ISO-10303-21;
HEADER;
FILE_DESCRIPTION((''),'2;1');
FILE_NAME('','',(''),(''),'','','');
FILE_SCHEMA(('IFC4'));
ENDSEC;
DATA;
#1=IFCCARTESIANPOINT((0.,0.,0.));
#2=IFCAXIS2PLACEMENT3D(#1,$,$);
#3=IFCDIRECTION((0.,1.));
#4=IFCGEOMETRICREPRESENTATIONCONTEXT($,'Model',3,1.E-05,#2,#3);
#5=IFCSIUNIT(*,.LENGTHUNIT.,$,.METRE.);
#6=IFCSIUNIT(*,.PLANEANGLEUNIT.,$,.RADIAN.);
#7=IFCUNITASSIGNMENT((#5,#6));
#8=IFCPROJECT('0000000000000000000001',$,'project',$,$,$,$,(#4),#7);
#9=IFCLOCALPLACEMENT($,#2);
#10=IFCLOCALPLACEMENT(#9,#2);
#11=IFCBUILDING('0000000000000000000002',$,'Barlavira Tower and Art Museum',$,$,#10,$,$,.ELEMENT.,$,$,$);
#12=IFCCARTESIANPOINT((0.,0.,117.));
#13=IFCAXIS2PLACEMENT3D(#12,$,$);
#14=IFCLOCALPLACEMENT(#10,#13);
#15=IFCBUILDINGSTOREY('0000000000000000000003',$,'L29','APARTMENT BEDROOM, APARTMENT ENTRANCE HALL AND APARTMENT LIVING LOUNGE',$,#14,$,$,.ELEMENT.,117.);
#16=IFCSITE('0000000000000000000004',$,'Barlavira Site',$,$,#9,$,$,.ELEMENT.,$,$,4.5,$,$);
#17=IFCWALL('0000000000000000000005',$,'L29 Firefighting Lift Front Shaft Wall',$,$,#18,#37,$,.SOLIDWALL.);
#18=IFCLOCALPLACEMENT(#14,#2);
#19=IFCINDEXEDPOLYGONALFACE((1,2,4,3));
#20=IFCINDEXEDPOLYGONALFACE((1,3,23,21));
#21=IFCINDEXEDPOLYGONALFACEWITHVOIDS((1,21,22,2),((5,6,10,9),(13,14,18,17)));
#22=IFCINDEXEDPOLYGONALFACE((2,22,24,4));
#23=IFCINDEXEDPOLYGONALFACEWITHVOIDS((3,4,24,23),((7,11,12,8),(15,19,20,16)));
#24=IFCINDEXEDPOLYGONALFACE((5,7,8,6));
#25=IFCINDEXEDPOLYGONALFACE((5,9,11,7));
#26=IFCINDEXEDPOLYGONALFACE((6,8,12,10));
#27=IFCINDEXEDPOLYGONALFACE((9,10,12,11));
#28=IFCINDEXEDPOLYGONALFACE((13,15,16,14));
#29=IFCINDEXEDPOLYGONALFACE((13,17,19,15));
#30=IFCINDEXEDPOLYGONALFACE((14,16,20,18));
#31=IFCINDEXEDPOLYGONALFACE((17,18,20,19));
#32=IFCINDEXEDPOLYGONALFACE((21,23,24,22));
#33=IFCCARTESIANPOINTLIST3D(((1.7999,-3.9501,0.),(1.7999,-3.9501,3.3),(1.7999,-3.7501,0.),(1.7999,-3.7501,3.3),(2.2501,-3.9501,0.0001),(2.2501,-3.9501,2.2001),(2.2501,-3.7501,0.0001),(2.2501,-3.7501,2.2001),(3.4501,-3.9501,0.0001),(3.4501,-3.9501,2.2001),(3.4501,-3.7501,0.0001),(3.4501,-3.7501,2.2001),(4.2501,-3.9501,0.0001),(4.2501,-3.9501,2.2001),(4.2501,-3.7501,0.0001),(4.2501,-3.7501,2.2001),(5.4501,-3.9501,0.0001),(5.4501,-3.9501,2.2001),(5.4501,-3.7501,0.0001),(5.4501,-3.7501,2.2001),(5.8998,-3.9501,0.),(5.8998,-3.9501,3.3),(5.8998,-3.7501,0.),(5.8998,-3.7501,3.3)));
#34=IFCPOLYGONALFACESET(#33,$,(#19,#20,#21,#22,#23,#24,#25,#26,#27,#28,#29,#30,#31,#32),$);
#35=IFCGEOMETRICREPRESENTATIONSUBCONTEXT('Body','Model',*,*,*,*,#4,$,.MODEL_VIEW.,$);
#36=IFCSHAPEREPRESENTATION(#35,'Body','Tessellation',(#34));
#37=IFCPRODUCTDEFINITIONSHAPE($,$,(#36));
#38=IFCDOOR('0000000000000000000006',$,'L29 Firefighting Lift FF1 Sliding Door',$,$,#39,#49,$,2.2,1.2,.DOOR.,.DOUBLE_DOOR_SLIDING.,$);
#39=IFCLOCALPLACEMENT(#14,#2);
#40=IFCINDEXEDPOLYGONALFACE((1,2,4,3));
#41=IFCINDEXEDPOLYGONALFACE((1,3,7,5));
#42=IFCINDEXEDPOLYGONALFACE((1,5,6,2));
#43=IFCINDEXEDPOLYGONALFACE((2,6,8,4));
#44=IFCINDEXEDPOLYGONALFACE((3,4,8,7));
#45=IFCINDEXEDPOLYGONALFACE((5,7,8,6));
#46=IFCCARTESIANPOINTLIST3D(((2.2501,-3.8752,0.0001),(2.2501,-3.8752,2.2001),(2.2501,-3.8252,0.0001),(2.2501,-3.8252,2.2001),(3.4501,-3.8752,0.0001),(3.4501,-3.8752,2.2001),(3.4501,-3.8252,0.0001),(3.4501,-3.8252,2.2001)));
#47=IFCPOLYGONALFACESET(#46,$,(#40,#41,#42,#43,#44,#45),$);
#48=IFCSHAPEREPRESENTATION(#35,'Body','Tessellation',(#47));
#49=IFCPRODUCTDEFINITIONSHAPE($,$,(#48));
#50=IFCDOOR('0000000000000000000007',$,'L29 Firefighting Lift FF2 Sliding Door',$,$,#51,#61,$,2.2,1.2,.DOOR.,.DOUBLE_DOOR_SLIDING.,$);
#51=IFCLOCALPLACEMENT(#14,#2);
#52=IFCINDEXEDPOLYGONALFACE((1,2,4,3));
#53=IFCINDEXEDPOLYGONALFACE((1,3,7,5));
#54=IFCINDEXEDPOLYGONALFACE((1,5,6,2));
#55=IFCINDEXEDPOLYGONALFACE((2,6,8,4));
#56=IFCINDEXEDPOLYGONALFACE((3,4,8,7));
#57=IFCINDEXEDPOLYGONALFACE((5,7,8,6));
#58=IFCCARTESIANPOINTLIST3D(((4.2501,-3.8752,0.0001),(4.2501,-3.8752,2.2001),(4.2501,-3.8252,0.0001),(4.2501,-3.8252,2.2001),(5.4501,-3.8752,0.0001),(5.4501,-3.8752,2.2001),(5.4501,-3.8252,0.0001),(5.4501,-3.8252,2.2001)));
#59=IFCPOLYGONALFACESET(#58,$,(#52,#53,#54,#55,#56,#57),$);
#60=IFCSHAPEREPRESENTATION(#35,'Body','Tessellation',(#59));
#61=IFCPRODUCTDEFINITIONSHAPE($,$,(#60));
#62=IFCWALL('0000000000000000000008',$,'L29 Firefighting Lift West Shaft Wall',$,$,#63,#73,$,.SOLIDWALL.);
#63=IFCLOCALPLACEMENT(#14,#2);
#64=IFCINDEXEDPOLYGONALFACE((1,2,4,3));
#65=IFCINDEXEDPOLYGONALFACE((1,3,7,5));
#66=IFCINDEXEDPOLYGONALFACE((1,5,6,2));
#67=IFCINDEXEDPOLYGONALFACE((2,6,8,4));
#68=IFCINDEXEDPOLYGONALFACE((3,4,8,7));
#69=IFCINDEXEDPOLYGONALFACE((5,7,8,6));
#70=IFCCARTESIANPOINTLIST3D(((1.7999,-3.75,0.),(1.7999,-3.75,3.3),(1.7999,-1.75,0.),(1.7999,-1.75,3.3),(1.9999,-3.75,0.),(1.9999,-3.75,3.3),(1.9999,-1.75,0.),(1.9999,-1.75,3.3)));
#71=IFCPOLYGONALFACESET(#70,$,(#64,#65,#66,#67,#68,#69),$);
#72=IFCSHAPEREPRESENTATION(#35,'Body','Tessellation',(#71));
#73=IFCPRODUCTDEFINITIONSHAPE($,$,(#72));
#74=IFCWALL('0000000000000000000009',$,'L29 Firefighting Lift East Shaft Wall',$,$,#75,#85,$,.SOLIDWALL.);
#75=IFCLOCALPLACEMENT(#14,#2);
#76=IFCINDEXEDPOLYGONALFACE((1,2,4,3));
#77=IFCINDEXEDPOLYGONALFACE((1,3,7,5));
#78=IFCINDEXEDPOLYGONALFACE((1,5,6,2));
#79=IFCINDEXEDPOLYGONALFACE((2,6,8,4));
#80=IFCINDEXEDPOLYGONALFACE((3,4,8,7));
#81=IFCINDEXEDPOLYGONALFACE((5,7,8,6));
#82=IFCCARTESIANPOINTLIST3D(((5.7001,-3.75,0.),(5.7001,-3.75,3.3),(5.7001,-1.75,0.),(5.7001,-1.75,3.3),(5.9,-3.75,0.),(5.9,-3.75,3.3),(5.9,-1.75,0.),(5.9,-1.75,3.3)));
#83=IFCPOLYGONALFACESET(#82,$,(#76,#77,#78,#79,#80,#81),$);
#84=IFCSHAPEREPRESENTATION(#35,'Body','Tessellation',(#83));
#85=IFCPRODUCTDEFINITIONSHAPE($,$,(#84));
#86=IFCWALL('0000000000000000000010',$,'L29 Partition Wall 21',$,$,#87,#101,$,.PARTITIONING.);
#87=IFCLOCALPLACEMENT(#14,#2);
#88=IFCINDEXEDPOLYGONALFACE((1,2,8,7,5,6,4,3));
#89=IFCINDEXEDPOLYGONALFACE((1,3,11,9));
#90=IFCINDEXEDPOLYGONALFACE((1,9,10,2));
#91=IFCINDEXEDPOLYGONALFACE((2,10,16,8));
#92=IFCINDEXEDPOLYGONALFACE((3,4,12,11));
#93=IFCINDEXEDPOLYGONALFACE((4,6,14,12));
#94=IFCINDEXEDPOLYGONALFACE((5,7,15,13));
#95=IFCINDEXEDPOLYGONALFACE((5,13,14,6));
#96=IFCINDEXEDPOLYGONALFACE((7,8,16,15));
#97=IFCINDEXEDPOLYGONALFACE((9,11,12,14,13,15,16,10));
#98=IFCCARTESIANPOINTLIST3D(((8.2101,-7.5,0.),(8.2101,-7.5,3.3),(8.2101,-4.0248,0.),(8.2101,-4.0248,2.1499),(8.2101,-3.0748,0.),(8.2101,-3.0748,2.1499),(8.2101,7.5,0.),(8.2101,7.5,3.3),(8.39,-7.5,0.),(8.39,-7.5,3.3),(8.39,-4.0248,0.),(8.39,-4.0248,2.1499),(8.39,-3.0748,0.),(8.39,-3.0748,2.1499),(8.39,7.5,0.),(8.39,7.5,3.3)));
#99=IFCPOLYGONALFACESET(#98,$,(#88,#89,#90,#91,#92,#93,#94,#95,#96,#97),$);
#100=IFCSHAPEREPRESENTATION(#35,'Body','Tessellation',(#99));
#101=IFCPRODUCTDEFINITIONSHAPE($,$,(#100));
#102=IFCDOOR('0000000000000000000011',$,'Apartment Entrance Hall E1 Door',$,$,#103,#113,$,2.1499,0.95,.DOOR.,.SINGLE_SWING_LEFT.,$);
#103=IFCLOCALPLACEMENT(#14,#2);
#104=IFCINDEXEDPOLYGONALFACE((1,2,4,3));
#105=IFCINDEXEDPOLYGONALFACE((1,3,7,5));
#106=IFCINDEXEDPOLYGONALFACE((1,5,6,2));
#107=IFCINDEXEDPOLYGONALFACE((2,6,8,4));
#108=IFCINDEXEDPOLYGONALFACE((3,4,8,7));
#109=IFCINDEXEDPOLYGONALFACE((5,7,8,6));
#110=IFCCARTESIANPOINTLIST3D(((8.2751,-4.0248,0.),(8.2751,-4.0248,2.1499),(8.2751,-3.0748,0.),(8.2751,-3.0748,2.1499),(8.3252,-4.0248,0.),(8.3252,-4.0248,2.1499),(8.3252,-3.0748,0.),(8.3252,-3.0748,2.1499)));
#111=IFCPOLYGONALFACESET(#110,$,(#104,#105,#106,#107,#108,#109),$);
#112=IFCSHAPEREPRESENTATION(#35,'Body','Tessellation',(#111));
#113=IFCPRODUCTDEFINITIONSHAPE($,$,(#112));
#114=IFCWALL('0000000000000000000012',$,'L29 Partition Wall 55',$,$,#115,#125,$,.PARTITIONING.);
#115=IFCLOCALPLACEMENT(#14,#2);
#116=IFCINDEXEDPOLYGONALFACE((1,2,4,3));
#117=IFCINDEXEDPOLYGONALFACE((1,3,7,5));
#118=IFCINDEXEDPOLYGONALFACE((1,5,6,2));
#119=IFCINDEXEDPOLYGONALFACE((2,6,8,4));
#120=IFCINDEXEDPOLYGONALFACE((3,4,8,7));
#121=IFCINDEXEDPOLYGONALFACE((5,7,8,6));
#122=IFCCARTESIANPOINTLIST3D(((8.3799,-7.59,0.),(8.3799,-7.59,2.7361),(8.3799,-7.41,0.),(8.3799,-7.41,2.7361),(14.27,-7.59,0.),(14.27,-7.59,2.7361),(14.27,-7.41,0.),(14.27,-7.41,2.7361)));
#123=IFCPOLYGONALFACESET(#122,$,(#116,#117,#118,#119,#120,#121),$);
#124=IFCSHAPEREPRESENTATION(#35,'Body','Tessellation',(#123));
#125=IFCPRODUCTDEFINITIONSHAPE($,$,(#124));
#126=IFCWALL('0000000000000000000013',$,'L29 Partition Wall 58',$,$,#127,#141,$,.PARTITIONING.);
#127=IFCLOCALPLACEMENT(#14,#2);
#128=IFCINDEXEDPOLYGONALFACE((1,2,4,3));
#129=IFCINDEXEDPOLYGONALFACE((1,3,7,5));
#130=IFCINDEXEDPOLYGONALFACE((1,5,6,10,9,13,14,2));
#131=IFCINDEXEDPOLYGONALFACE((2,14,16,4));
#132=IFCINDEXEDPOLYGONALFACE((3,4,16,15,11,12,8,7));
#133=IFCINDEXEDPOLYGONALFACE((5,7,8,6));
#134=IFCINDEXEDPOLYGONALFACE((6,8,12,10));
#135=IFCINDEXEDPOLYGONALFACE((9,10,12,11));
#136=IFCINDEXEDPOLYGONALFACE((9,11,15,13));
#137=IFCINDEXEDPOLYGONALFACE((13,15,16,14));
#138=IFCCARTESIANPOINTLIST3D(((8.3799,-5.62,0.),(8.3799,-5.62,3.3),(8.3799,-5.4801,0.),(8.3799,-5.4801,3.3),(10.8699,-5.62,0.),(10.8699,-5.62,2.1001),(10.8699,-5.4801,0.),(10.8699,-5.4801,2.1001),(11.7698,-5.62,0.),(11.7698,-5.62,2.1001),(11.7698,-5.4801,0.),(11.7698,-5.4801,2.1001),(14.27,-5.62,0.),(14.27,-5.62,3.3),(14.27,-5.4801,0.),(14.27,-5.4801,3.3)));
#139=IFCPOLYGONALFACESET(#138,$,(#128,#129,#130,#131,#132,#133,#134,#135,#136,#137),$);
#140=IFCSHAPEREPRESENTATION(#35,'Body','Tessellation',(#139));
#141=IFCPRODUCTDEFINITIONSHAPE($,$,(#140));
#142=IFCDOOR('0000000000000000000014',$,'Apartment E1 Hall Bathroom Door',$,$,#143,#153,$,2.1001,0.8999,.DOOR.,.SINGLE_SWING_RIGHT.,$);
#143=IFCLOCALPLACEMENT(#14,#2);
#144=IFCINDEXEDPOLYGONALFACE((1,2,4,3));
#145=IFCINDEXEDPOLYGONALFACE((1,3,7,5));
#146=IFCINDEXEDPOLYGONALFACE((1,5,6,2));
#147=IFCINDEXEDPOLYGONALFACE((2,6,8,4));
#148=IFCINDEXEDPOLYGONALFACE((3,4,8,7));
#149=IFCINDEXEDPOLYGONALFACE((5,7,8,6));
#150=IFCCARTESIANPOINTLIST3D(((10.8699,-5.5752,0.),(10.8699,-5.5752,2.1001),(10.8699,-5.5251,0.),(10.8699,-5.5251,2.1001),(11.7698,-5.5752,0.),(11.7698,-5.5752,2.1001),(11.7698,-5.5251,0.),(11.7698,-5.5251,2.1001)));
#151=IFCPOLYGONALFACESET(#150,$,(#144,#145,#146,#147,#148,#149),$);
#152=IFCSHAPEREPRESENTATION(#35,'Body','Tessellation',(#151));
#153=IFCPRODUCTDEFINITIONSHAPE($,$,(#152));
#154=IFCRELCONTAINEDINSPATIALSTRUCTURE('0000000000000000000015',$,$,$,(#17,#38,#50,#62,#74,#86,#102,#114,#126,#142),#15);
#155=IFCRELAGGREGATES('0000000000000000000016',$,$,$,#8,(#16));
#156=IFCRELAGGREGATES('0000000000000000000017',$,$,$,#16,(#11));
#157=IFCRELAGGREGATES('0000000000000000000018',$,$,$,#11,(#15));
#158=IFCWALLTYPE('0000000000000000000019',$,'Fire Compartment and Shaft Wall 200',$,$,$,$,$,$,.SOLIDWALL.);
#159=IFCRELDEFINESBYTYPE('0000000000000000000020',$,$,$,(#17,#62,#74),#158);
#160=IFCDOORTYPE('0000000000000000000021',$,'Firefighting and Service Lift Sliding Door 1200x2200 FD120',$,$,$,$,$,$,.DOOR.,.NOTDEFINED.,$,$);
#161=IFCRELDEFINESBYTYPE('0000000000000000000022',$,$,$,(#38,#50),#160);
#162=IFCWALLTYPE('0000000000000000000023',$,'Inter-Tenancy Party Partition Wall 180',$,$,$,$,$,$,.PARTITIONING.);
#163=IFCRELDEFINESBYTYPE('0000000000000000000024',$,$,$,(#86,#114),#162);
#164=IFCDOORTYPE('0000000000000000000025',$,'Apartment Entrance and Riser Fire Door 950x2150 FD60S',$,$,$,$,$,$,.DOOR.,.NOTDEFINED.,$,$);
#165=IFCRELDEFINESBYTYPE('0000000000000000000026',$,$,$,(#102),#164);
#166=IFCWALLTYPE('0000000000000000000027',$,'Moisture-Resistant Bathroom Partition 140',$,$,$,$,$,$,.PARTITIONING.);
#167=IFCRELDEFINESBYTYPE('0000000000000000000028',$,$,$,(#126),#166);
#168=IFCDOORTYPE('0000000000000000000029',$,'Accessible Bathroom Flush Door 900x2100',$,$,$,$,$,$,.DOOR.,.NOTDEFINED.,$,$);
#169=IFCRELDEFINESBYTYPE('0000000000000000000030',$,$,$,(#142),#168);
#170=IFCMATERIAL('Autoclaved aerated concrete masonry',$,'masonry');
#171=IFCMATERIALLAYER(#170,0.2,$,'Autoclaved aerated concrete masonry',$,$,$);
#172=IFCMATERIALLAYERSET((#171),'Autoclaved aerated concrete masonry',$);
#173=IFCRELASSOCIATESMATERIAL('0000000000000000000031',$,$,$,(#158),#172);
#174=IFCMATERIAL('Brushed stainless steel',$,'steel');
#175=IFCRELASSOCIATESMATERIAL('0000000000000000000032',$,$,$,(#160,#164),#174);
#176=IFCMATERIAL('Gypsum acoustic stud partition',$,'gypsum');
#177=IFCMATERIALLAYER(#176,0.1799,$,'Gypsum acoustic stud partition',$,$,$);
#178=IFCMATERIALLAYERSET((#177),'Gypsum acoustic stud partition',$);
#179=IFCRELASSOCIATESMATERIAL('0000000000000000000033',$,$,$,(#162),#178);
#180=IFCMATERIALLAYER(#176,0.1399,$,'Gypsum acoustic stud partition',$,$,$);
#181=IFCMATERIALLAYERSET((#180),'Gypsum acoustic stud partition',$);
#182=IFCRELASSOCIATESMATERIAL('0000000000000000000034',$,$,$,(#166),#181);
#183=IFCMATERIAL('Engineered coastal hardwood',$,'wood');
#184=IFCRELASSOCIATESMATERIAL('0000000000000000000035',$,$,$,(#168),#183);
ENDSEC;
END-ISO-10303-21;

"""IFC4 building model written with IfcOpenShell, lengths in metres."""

from ifc_helpers import new_model, si_unit, direction, frame, frame_2d, origin, place, context, subcontext, project, spatial, rectangle, extrude, material, layer, layer_set, type_object, element, fill, save


model = new_model("IFC4")

# Units and contexts
model_context = context("Model", 3, precision=1e-05, world=origin(), true_north=direction((0.0, 1.0)))
body_context = subcontext(model_context, "Body", "Model", "MODEL_VIEW")
ifc_project = project(units=[si_unit("LENGTHUNIT", "METRE"), si_unit("PLANEANGLEUNIT", "RADIAN")], contexts=[model_context])

# Site, building, storey
site_placement = place(None, origin())
site = spatial("IfcSite", under=ifc_project, at=site_placement, Name="Barlavira Site", CompositionType="ELEMENT", RefElevation=4.5)
building_placement = place(site_placement, origin())
building = spatial("IfcBuilding", under=site, at=building_placement, Name="Barlavira Tower and Art Museum", CompositionType="ELEMENT")
storey_placement = place(building_placement, frame((0.0, 0.0, 117.0)))
storey = spatial("IfcBuildingStorey", under=building, at=storey_placement, Name="L29", Description="APARTMENT BEDROOM, APARTMENT ENTRANCE HALL AND APARTMENT LIVING LOUNGE", CompositionType="ELEMENT", Elevation=117.0)

# Shared definitions
ifc_material_1 = material(Name="Brushed stainless steel", Category="steel")

# Wall, openings, doors
ifc_material_2 = material(Name="Autoclaved aerated concrete masonry", Category="masonry")
ifc_layer_1 = layer(ifc_material_2, 0.2, Name="Autoclaved aerated concrete masonry")
ifc_layer_set_1 = layer_set([ifc_layer_1], Name="Autoclaved aerated concrete masonry")
wall_type_1 = type_object("IfcWallType", Name="Fire Compartment and Shaft Wall 200", PredefinedType="SOLIDWALL", material=ifc_layer_set_1)
wall_1_placement = place(storey_placement, frame((1.8, -3.8501, 0.0), z_axis=(0.0, 0.0, 1.0), x_axis=(1.0, 0.0, 0.0)))
wall_1 = element("IfcWall", 1, at=wall_1_placement, inside=storey, type_object=wall_type_1, Name="L29 Firefighting Lift Front Shaft Wall", PredefinedType="SOLIDWALL", context=body_context, shape_type="SweptSolid", body=[
    extrude(rectangle(XDim=4.0999, YDim=0.2, at=frame_2d((2.0498, 0.0))), origin(), (0.0, 0.0, 1.0), 3.3),
])
opening_1_placement = place(wall_1_placement, frame((0.45, 0.0, 0.0)))
opening_1 = element("IfcOpeningElement", 2, at=opening_1_placement, cuts=wall_1, PredefinedType="OPENING", context=body_context, shape_type="SweptSolid", body=[
    extrude(rectangle(XDim=1.2, YDim=2.2, at=frame_2d((0.6001, 1.1001))), frame((0.0, 0.1099, 0.0), z_axis=(0.0, -1.0, 0.0), x_axis=(1.0, 0.0, 0.0)), (0.0, 0.0, 1.0), 0.22),
])
opening_2_placement = place(wall_1_placement, frame((2.45, 0.0, 0.0)))
opening_2 = element("IfcOpeningElement", 3, at=opening_2_placement, cuts=wall_1, PredefinedType="OPENING", context=body_context, shape_type="SweptSolid", body=[
    extrude(rectangle(XDim=1.2, YDim=2.2, at=frame_2d((0.6001, 1.1001))), frame((0.0, 0.1099, 0.0), z_axis=(0.0, -1.0, 0.0), x_axis=(1.0, 0.0, 0.0)), (0.0, 0.0, 1.0), 0.22),
])
door_type_1 = type_object("IfcDoorType", Name="Firefighting and Service Lift Sliding Door 1200x2200 FD120", OperationType="NOTDEFINED", PredefinedType="DOOR", material=ifc_material_1)
door_1_placement = place(opening_1_placement, origin())
door_1 = element("IfcDoor", 4, at=door_1_placement, inside=storey, type_object=door_type_1, Name="L29 Firefighting Lift FF1 Sliding Door", OperationType="DOUBLE_DOOR_SLIDING", OverallHeight=2.2, OverallWidth=1.2, PredefinedType="DOOR", context=body_context, shape_type="SweptSolid", body=[
    extrude(rectangle(XDim=1.2, YDim=2.2, at=frame_2d((0.6001, 1.1001))), frame((0.0, 0.0249, 0.0), z_axis=(0.0, -1.0, 0.0), x_axis=(1.0, 0.0, 0.0)), (0.0, 0.0, 1.0), 0.05),
])
fill(opening_1, door_1)
door_2_placement = place(opening_2_placement, origin())
door_2 = element("IfcDoor", 5, at=door_2_placement, inside=storey, type_object=door_type_1, Name="L29 Firefighting Lift FF2 Sliding Door", OperationType="DOUBLE_DOOR_SLIDING", OverallHeight=2.2, OverallWidth=1.2, PredefinedType="DOOR", context=body_context, shape_type="SweptSolid", body=[
    extrude(rectangle(XDim=1.2, YDim=2.2, at=frame_2d((0.6001, 1.1001))), frame((0.0, 0.0249, 0.0), z_axis=(0.0, -1.0, 0.0), x_axis=(1.0, 0.0, 0.0)), (0.0, 0.0, 1.0), 0.05),
])
fill(opening_2, door_2)

# Walls
for number, where, z_axis, x_axis, name in (
    (6, (1.8999, -3.75, 0.0), (0.0, 0.0, 1.0), (0.0, 1.0, 0.0), "L29 Firefighting Lift West Shaft Wall"),
    (7, (5.8, -3.75, 0.0), (0.0, 0.0, 1.0), (0.0, 1.0, 0.0), "L29 Firefighting Lift East Shaft Wall"),
):
    element("IfcWall", number, at=place(storey_placement, frame(where, z_axis=z_axis, x_axis=x_axis)), inside=storey, type_object=wall_type_1, Name=name, PredefinedType="SOLIDWALL", context=body_context, shape_type="SweptSolid", body=[
        extrude(rectangle(XDim=2.0, YDim=0.2, at=frame_2d((1.0, 0.0))), origin(), (0.0, 0.0, 1.0), 3.3),
    ])

# Wall, opening, door
ifc_material_3 = material(Name="Gypsum acoustic stud partition", Category="gypsum")
ifc_layer_2 = layer(ifc_material_3, 0.1799, Name="Gypsum acoustic stud partition")
ifc_layer_set_2 = layer_set([ifc_layer_2], Name="Gypsum acoustic stud partition")
wall_type_2 = type_object("IfcWallType", Name="Inter-Tenancy Party Partition Wall 180", PredefinedType="PARTITIONING", material=ifc_layer_set_2)
wall_2_placement = place(storey_placement, frame((8.3, -7.5, 0.0), z_axis=(0.0, 0.0, 1.0), x_axis=(0.0, 1.0, 0.0)))
wall_2 = element("IfcWall", 8, at=wall_2_placement, inside=storey, type_object=wall_type_2, Name="L29 Partition Wall 21", PredefinedType="PARTITIONING", context=body_context, shape_type="SweptSolid", body=[
    extrude(rectangle(XDim=15.0, YDim=0.1799, at=frame_2d((7.5, 0.0))), origin(), (0.0, 0.0, 1.0), 3.3),
])
opening_3_placement = place(wall_2_placement, frame((3.4751, 0.0, 0.0)))
opening_3 = element("IfcOpeningElement", 9, at=opening_3_placement, cuts=wall_2, PredefinedType="OPENING", context=body_context, shape_type="SweptSolid", body=[
    extrude(rectangle(XDim=0.95, YDim=2.1499, at=frame_2d((0.4751, 1.075))), frame((0.0, 0.1001, 0.0), z_axis=(0.0, -1.0, 0.0), x_axis=(1.0, 0.0, 0.0)), (0.0, 0.0, 1.0), 0.2),
])
door_type_2 = type_object("IfcDoorType", Name="Apartment Entrance and Riser Fire Door 950x2150 FD60S", OperationType="NOTDEFINED", PredefinedType="DOOR", material=ifc_material_1)
door_3_placement = place(opening_3_placement, origin())
door_3 = element("IfcDoor", 10, at=door_3_placement, inside=storey, type_object=door_type_2, Name="Apartment Entrance Hall E1 Door", OperationType="SINGLE_SWING_LEFT", OverallHeight=2.1499, OverallWidth=0.95, PredefinedType="DOOR", context=body_context, shape_type="SweptSolid", body=[
    extrude(rectangle(XDim=0.95, YDim=2.1499, at=frame_2d((0.4751, 1.075))), frame((0.0, 0.0249, 0.0), z_axis=(0.0, -1.0, 0.0), x_axis=(1.0, 0.0, 0.0)), (0.0, 0.0, 1.0), 0.05),
])
fill(opening_3, door_3)

# Wall
wall_3_placement = place(storey_placement, frame((8.3799, -7.5, 0.0), z_axis=(0.0, 0.0, 1.0), x_axis=(1.0, 0.0, 0.0)))
element("IfcWall", 11, at=wall_3_placement, inside=storey, type_object=wall_type_2, Name="L29 Partition Wall 55", PredefinedType="PARTITIONING", context=body_context, shape_type="SweptSolid", body=[
    extrude(rectangle(XDim=5.8901, YDim=0.1799, at=frame_2d((2.9451, 0.0))), origin(), (0.0, 0.0, 1.0), 2.7361),
])

# Wall, opening, door
ifc_layer_3 = layer(ifc_material_3, 0.1399, Name="Gypsum acoustic stud partition")
ifc_layer_set_3 = layer_set([ifc_layer_3], Name="Gypsum acoustic stud partition")
wall_type_3 = type_object("IfcWallType", Name="Moisture-Resistant Bathroom Partition 140", PredefinedType="PARTITIONING", material=ifc_layer_set_3)
wall_4_placement = place(storey_placement, frame((8.3799, -5.55, 0.0), z_axis=(0.0, 0.0, 1.0), x_axis=(1.0, 0.0, 0.0)))
wall_4 = element("IfcWall", 12, at=wall_4_placement, inside=storey, type_object=wall_type_3, Name="L29 Partition Wall 58", PredefinedType="PARTITIONING", context=body_context, shape_type="SweptSolid", body=[
    extrude(rectangle(XDim=5.8901, YDim=0.1399, at=frame_2d((2.9451, 0.0))), origin(), (0.0, 0.0, 1.0), 3.3),
])
opening_4_placement = place(wall_4_placement, frame((2.49, 0.0, 0.0)))
opening_4 = element("IfcOpeningElement", 13, at=opening_4_placement, cuts=wall_4, PredefinedType="OPENING", context=body_context, shape_type="SweptSolid", body=[
    extrude(rectangle(XDim=0.8999, YDim=2.1001, at=frame_2d((0.45, 1.05))), frame((0.0, 0.0801, 0.0), z_axis=(0.0, -1.0, 0.0), x_axis=(1.0, 0.0, 0.0)), (0.0, 0.0, 1.0), 0.1599),
])
ifc_material_4 = material(Name="Engineered coastal hardwood", Category="wood")
door_type_3 = type_object("IfcDoorType", Name="Accessible Bathroom Flush Door 900x2100", OperationType="NOTDEFINED", PredefinedType="DOOR", material=ifc_material_4)
door_4_placement = place(opening_4_placement, origin())
door_4 = element("IfcDoor", 14, at=door_4_placement, inside=storey, type_object=door_type_3, Name="Apartment E1 Hall Bathroom Door", OperationType="SINGLE_SWING_RIGHT", OverallHeight=2.1001, OverallWidth=0.8999, PredefinedType="DOOR", context=body_context, shape_type="SweptSolid", body=[
    extrude(rectangle(XDim=0.8999, YDim=2.1001, at=frame_2d((0.45, 1.05))), frame((0.0, 0.0249, 0.0), z_axis=(0.0, -1.0, 0.0), x_axis=(1.0, 0.0, 0.0)), (0.0, 0.0, 1.0), 0.05),
])
fill(opening_4, door_4)

save(model, "model.ifc")
